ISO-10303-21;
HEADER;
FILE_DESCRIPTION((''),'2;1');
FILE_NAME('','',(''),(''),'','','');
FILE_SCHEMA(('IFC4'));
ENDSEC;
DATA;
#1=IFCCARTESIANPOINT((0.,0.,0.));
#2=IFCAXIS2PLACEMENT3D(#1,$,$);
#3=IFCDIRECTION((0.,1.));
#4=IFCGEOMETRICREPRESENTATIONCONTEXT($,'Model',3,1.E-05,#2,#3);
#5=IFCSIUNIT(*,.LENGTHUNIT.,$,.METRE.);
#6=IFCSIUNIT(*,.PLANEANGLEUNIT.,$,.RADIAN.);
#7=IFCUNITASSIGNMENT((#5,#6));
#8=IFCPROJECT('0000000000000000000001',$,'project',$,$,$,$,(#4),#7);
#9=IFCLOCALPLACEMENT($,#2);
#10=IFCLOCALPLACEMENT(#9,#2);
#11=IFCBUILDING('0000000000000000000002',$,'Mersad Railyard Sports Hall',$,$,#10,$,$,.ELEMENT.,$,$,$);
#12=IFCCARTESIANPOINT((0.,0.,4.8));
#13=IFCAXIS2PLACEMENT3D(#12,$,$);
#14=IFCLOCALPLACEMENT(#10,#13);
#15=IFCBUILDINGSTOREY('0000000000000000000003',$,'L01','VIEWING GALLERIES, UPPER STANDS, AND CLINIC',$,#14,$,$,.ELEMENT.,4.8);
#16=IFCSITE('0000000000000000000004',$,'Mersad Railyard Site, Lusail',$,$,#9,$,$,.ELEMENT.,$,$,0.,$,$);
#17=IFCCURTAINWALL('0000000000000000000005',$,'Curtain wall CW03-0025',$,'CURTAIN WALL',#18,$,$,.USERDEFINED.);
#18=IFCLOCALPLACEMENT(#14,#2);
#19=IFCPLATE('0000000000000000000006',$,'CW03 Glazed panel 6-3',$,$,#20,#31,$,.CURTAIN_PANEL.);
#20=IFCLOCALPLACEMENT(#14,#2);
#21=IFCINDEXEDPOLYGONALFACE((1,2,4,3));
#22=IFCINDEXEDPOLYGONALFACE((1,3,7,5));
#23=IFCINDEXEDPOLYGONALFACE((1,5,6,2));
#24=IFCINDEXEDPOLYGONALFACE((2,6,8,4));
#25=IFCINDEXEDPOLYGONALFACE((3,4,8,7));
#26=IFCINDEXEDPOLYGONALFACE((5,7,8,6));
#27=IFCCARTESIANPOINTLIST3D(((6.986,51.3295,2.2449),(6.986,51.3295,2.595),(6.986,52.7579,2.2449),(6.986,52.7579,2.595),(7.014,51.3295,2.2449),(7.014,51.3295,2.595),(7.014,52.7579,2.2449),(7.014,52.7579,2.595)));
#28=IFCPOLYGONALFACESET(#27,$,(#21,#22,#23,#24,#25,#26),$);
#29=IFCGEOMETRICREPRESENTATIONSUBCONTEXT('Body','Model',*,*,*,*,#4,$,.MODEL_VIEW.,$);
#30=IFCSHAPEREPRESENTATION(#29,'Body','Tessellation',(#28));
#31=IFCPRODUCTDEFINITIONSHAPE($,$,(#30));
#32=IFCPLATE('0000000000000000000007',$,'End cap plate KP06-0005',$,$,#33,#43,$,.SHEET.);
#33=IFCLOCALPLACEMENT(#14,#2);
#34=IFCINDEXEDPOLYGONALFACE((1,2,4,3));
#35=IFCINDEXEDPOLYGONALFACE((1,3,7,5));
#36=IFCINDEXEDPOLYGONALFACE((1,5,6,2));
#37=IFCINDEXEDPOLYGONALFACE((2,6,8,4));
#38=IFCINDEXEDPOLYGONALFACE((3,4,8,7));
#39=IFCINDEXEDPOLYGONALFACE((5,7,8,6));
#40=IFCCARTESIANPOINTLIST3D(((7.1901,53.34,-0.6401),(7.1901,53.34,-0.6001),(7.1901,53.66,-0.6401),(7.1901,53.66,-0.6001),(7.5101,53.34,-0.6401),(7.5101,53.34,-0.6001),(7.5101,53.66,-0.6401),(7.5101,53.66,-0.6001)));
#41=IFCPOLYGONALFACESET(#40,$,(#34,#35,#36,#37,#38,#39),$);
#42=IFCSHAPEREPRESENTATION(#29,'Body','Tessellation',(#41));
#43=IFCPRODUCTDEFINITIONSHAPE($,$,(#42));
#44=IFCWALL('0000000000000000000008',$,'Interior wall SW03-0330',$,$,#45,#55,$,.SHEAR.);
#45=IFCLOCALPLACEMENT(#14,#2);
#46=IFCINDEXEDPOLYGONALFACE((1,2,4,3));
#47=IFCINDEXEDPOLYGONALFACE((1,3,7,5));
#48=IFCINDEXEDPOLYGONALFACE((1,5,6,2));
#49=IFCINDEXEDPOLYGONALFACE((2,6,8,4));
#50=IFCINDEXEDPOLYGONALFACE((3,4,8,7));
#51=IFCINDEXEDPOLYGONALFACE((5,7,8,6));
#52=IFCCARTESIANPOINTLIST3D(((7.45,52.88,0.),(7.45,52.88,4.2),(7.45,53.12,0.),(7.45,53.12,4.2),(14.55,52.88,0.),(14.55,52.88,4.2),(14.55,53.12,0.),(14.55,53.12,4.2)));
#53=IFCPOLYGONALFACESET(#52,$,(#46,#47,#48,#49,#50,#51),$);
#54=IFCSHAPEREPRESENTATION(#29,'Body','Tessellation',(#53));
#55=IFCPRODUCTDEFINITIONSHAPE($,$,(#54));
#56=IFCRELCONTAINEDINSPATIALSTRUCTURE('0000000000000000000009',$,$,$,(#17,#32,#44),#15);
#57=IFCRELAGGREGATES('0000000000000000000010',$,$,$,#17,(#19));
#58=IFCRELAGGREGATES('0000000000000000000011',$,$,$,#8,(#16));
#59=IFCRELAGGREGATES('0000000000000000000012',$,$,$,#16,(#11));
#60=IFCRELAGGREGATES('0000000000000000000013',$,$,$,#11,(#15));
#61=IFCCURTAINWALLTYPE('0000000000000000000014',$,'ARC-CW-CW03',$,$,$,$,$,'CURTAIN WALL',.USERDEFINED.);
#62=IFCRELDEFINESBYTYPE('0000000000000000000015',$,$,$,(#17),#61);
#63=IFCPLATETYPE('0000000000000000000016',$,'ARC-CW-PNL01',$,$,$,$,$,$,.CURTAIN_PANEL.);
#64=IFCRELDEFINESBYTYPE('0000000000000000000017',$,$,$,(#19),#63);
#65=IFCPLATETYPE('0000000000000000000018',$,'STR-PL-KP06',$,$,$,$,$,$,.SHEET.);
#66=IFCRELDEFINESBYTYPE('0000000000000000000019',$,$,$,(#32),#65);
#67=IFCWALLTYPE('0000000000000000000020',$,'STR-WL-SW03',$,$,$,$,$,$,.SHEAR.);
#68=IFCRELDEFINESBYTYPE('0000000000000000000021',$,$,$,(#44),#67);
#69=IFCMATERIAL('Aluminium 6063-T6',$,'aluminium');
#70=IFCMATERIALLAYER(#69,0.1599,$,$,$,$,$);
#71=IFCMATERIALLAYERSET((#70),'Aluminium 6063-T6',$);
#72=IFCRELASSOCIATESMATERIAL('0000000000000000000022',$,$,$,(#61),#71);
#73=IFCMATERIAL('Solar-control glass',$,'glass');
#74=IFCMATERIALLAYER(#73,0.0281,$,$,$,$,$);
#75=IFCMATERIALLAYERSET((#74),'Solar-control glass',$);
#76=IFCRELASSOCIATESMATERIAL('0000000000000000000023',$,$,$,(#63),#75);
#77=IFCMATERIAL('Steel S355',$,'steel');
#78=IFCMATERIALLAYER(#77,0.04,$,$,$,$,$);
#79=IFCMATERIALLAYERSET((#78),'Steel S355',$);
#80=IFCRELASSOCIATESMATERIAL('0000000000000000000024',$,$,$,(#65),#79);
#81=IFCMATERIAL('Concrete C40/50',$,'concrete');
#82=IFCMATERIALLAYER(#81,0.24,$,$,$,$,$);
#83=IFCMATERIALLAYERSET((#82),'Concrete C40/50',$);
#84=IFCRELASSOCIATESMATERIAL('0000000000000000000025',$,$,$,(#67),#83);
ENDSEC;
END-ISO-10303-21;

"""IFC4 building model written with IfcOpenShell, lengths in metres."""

from ifc_helpers import new_model, si_unit, direction, frame, frame_2d, origin, origin_2d, place, context, subcontext, project, spatial, rectangle, extrude, material, layer, layer_set, type_object, element, aggregate, save


model = new_model("IFC4")

# Units and contexts
model_context = context("Model", 3, precision=1e-05, world=origin(), true_north=direction((0.0, 1.0)))
body_context = subcontext(model_context, "Body", "Model", "MODEL_VIEW")
ifc_project = project(units=[si_unit("LENGTHUNIT", "METRE"), si_unit("PLANEANGLEUNIT", "RADIAN")], contexts=[model_context])

# Site, building, storey
site_placement = place(None, origin())
site = spatial("IfcSite", under=ifc_project, at=site_placement, Name="Mersad Railyard Site, Lusail", CompositionType="ELEMENT", RefElevation=0.0)
building_placement = place(site_placement, origin())
building = spatial("IfcBuilding", under=site, at=building_placement, Name="Mersad Railyard Sports Hall", CompositionType="ELEMENT")
storey_placement = place(building_placement, frame((0.0, 0.0, 4.8)))
storey = spatial("IfcBuildingStorey", under=building, at=storey_placement, Name="L01", Description="VIEWING GALLERIES, UPPER STANDS, AND CLINIC", CompositionType="ELEMENT", Elevation=4.8)

# Curtain wall
ifc_material_1 = material(Name="Aluminium 6063-T6", Category="aluminium")
ifc_layer_1 = layer(ifc_material_1, 0.1599)
ifc_layer_set_1 = layer_set([ifc_layer_1], Name="Aluminium 6063-T6")
curtain_wall_type_1 = type_object("IfcCurtainWallType", Name="ARC-CW-CW03", ElementType="CURTAIN WALL", PredefinedType="USERDEFINED", material=ifc_layer_set_1)
curtain_wall_1_placement = place(storey_placement, origin())
curtain_wall_1 = element("IfcCurtainWall", 1, at=curtain_wall_1_placement, inside=storey, type_object=curtain_wall_type_1, Name="Curtain wall CW03-0025", ObjectType="CURTAIN WALL", PredefinedType="USERDEFINED")

# Shared definitions
ifc_material_2 = material(Name="Steel S355", Category="steel")

# Plates
ifc_material_3 = material(Name="Solar-control glass", Category="glass")
ifc_layer_2 = layer(ifc_material_3, 0.0281)
ifc_layer_set_2 = layer_set([ifc_layer_2], Name="Solar-control glass")
plate_type_1 = type_object("IfcPlateType", Name="ARC-CW-PNL01", PredefinedType="CURTAIN_PANEL", material=ifc_layer_set_2)
plate_1_placement = place(storey_placement, frame((7.0, 52.0437, 2.2449), z_axis=(0.0, 0.0, 1.0), x_axis=(0.0, 1.0, 0.0)))
plate_1 = element("IfcPlate", 2, at=plate_1_placement, type_object=plate_type_1, Name="CW03 Glazed panel 6-3", PredefinedType="CURTAIN_PANEL", context=body_context, shape_type="SweptSolid", body=[
    extrude(rectangle(XDim=1.4285, YDim=0.0281, at=origin_2d()), origin(), (0.0, 0.0, 1.0), 0.3501),
])
aggregate(curtain_wall_1, [plate_1])
ifc_layer_3 = layer(ifc_material_2, 0.04)
ifc_layer_set_3 = layer_set([ifc_layer_3], Name="Steel S355")
plate_type_2 = type_object("IfcPlateType", Name="STR-PL-KP06", PredefinedType="SHEET", material=ifc_layer_set_3)
plate_2_placement = place(storey_placement, frame((7.3501, 53.5, -0.6401), z_axis=(0.0, 0.0, 1.0), x_axis=(1.0, 0.0, 0.0)))
element("IfcPlate", 3, at=plate_2_placement, inside=storey, type_object=plate_type_2, Name="End cap plate KP06-0005", PredefinedType="SHEET", context=body_context, shape_type="SweptSolid", body=[
    extrude(rectangle(XDim=0.3201, YDim=0.3201, at=origin_2d()), origin(), (0.0, 0.0, 1.0), 0.04),
])

# Wall
ifc_material_4 = material(Name="Concrete C40/50", Category="concrete")
ifc_layer_4 = layer(ifc_material_4, 0.24)
ifc_layer_set_4 = layer_set([ifc_layer_4], Name="Concrete C40/50")
wall_type = type_object("IfcWallType", Name="STR-WL-SW03", PredefinedType="SHEAR", material=ifc_layer_set_4)
wall_placement = place(storey_placement, frame((7.45, 53.0, 0.0), z_axis=(0.0, 0.0, 1.0), x_axis=(1.0, 0.0, 0.0)))
element("IfcWall", 4, at=wall_placement, inside=storey, type_object=wall_type, Name="Interior wall SW03-0330", PredefinedType="SHEAR", context=body_context, shape_type="SweptSolid", body=[
    extrude(rectangle(XDim=7.1001, YDim=0.24, at=frame_2d((3.55, 0.0))), origin(), (0.0, 0.0, 1.0), 4.2),
])

save(model, "model.ifc")
